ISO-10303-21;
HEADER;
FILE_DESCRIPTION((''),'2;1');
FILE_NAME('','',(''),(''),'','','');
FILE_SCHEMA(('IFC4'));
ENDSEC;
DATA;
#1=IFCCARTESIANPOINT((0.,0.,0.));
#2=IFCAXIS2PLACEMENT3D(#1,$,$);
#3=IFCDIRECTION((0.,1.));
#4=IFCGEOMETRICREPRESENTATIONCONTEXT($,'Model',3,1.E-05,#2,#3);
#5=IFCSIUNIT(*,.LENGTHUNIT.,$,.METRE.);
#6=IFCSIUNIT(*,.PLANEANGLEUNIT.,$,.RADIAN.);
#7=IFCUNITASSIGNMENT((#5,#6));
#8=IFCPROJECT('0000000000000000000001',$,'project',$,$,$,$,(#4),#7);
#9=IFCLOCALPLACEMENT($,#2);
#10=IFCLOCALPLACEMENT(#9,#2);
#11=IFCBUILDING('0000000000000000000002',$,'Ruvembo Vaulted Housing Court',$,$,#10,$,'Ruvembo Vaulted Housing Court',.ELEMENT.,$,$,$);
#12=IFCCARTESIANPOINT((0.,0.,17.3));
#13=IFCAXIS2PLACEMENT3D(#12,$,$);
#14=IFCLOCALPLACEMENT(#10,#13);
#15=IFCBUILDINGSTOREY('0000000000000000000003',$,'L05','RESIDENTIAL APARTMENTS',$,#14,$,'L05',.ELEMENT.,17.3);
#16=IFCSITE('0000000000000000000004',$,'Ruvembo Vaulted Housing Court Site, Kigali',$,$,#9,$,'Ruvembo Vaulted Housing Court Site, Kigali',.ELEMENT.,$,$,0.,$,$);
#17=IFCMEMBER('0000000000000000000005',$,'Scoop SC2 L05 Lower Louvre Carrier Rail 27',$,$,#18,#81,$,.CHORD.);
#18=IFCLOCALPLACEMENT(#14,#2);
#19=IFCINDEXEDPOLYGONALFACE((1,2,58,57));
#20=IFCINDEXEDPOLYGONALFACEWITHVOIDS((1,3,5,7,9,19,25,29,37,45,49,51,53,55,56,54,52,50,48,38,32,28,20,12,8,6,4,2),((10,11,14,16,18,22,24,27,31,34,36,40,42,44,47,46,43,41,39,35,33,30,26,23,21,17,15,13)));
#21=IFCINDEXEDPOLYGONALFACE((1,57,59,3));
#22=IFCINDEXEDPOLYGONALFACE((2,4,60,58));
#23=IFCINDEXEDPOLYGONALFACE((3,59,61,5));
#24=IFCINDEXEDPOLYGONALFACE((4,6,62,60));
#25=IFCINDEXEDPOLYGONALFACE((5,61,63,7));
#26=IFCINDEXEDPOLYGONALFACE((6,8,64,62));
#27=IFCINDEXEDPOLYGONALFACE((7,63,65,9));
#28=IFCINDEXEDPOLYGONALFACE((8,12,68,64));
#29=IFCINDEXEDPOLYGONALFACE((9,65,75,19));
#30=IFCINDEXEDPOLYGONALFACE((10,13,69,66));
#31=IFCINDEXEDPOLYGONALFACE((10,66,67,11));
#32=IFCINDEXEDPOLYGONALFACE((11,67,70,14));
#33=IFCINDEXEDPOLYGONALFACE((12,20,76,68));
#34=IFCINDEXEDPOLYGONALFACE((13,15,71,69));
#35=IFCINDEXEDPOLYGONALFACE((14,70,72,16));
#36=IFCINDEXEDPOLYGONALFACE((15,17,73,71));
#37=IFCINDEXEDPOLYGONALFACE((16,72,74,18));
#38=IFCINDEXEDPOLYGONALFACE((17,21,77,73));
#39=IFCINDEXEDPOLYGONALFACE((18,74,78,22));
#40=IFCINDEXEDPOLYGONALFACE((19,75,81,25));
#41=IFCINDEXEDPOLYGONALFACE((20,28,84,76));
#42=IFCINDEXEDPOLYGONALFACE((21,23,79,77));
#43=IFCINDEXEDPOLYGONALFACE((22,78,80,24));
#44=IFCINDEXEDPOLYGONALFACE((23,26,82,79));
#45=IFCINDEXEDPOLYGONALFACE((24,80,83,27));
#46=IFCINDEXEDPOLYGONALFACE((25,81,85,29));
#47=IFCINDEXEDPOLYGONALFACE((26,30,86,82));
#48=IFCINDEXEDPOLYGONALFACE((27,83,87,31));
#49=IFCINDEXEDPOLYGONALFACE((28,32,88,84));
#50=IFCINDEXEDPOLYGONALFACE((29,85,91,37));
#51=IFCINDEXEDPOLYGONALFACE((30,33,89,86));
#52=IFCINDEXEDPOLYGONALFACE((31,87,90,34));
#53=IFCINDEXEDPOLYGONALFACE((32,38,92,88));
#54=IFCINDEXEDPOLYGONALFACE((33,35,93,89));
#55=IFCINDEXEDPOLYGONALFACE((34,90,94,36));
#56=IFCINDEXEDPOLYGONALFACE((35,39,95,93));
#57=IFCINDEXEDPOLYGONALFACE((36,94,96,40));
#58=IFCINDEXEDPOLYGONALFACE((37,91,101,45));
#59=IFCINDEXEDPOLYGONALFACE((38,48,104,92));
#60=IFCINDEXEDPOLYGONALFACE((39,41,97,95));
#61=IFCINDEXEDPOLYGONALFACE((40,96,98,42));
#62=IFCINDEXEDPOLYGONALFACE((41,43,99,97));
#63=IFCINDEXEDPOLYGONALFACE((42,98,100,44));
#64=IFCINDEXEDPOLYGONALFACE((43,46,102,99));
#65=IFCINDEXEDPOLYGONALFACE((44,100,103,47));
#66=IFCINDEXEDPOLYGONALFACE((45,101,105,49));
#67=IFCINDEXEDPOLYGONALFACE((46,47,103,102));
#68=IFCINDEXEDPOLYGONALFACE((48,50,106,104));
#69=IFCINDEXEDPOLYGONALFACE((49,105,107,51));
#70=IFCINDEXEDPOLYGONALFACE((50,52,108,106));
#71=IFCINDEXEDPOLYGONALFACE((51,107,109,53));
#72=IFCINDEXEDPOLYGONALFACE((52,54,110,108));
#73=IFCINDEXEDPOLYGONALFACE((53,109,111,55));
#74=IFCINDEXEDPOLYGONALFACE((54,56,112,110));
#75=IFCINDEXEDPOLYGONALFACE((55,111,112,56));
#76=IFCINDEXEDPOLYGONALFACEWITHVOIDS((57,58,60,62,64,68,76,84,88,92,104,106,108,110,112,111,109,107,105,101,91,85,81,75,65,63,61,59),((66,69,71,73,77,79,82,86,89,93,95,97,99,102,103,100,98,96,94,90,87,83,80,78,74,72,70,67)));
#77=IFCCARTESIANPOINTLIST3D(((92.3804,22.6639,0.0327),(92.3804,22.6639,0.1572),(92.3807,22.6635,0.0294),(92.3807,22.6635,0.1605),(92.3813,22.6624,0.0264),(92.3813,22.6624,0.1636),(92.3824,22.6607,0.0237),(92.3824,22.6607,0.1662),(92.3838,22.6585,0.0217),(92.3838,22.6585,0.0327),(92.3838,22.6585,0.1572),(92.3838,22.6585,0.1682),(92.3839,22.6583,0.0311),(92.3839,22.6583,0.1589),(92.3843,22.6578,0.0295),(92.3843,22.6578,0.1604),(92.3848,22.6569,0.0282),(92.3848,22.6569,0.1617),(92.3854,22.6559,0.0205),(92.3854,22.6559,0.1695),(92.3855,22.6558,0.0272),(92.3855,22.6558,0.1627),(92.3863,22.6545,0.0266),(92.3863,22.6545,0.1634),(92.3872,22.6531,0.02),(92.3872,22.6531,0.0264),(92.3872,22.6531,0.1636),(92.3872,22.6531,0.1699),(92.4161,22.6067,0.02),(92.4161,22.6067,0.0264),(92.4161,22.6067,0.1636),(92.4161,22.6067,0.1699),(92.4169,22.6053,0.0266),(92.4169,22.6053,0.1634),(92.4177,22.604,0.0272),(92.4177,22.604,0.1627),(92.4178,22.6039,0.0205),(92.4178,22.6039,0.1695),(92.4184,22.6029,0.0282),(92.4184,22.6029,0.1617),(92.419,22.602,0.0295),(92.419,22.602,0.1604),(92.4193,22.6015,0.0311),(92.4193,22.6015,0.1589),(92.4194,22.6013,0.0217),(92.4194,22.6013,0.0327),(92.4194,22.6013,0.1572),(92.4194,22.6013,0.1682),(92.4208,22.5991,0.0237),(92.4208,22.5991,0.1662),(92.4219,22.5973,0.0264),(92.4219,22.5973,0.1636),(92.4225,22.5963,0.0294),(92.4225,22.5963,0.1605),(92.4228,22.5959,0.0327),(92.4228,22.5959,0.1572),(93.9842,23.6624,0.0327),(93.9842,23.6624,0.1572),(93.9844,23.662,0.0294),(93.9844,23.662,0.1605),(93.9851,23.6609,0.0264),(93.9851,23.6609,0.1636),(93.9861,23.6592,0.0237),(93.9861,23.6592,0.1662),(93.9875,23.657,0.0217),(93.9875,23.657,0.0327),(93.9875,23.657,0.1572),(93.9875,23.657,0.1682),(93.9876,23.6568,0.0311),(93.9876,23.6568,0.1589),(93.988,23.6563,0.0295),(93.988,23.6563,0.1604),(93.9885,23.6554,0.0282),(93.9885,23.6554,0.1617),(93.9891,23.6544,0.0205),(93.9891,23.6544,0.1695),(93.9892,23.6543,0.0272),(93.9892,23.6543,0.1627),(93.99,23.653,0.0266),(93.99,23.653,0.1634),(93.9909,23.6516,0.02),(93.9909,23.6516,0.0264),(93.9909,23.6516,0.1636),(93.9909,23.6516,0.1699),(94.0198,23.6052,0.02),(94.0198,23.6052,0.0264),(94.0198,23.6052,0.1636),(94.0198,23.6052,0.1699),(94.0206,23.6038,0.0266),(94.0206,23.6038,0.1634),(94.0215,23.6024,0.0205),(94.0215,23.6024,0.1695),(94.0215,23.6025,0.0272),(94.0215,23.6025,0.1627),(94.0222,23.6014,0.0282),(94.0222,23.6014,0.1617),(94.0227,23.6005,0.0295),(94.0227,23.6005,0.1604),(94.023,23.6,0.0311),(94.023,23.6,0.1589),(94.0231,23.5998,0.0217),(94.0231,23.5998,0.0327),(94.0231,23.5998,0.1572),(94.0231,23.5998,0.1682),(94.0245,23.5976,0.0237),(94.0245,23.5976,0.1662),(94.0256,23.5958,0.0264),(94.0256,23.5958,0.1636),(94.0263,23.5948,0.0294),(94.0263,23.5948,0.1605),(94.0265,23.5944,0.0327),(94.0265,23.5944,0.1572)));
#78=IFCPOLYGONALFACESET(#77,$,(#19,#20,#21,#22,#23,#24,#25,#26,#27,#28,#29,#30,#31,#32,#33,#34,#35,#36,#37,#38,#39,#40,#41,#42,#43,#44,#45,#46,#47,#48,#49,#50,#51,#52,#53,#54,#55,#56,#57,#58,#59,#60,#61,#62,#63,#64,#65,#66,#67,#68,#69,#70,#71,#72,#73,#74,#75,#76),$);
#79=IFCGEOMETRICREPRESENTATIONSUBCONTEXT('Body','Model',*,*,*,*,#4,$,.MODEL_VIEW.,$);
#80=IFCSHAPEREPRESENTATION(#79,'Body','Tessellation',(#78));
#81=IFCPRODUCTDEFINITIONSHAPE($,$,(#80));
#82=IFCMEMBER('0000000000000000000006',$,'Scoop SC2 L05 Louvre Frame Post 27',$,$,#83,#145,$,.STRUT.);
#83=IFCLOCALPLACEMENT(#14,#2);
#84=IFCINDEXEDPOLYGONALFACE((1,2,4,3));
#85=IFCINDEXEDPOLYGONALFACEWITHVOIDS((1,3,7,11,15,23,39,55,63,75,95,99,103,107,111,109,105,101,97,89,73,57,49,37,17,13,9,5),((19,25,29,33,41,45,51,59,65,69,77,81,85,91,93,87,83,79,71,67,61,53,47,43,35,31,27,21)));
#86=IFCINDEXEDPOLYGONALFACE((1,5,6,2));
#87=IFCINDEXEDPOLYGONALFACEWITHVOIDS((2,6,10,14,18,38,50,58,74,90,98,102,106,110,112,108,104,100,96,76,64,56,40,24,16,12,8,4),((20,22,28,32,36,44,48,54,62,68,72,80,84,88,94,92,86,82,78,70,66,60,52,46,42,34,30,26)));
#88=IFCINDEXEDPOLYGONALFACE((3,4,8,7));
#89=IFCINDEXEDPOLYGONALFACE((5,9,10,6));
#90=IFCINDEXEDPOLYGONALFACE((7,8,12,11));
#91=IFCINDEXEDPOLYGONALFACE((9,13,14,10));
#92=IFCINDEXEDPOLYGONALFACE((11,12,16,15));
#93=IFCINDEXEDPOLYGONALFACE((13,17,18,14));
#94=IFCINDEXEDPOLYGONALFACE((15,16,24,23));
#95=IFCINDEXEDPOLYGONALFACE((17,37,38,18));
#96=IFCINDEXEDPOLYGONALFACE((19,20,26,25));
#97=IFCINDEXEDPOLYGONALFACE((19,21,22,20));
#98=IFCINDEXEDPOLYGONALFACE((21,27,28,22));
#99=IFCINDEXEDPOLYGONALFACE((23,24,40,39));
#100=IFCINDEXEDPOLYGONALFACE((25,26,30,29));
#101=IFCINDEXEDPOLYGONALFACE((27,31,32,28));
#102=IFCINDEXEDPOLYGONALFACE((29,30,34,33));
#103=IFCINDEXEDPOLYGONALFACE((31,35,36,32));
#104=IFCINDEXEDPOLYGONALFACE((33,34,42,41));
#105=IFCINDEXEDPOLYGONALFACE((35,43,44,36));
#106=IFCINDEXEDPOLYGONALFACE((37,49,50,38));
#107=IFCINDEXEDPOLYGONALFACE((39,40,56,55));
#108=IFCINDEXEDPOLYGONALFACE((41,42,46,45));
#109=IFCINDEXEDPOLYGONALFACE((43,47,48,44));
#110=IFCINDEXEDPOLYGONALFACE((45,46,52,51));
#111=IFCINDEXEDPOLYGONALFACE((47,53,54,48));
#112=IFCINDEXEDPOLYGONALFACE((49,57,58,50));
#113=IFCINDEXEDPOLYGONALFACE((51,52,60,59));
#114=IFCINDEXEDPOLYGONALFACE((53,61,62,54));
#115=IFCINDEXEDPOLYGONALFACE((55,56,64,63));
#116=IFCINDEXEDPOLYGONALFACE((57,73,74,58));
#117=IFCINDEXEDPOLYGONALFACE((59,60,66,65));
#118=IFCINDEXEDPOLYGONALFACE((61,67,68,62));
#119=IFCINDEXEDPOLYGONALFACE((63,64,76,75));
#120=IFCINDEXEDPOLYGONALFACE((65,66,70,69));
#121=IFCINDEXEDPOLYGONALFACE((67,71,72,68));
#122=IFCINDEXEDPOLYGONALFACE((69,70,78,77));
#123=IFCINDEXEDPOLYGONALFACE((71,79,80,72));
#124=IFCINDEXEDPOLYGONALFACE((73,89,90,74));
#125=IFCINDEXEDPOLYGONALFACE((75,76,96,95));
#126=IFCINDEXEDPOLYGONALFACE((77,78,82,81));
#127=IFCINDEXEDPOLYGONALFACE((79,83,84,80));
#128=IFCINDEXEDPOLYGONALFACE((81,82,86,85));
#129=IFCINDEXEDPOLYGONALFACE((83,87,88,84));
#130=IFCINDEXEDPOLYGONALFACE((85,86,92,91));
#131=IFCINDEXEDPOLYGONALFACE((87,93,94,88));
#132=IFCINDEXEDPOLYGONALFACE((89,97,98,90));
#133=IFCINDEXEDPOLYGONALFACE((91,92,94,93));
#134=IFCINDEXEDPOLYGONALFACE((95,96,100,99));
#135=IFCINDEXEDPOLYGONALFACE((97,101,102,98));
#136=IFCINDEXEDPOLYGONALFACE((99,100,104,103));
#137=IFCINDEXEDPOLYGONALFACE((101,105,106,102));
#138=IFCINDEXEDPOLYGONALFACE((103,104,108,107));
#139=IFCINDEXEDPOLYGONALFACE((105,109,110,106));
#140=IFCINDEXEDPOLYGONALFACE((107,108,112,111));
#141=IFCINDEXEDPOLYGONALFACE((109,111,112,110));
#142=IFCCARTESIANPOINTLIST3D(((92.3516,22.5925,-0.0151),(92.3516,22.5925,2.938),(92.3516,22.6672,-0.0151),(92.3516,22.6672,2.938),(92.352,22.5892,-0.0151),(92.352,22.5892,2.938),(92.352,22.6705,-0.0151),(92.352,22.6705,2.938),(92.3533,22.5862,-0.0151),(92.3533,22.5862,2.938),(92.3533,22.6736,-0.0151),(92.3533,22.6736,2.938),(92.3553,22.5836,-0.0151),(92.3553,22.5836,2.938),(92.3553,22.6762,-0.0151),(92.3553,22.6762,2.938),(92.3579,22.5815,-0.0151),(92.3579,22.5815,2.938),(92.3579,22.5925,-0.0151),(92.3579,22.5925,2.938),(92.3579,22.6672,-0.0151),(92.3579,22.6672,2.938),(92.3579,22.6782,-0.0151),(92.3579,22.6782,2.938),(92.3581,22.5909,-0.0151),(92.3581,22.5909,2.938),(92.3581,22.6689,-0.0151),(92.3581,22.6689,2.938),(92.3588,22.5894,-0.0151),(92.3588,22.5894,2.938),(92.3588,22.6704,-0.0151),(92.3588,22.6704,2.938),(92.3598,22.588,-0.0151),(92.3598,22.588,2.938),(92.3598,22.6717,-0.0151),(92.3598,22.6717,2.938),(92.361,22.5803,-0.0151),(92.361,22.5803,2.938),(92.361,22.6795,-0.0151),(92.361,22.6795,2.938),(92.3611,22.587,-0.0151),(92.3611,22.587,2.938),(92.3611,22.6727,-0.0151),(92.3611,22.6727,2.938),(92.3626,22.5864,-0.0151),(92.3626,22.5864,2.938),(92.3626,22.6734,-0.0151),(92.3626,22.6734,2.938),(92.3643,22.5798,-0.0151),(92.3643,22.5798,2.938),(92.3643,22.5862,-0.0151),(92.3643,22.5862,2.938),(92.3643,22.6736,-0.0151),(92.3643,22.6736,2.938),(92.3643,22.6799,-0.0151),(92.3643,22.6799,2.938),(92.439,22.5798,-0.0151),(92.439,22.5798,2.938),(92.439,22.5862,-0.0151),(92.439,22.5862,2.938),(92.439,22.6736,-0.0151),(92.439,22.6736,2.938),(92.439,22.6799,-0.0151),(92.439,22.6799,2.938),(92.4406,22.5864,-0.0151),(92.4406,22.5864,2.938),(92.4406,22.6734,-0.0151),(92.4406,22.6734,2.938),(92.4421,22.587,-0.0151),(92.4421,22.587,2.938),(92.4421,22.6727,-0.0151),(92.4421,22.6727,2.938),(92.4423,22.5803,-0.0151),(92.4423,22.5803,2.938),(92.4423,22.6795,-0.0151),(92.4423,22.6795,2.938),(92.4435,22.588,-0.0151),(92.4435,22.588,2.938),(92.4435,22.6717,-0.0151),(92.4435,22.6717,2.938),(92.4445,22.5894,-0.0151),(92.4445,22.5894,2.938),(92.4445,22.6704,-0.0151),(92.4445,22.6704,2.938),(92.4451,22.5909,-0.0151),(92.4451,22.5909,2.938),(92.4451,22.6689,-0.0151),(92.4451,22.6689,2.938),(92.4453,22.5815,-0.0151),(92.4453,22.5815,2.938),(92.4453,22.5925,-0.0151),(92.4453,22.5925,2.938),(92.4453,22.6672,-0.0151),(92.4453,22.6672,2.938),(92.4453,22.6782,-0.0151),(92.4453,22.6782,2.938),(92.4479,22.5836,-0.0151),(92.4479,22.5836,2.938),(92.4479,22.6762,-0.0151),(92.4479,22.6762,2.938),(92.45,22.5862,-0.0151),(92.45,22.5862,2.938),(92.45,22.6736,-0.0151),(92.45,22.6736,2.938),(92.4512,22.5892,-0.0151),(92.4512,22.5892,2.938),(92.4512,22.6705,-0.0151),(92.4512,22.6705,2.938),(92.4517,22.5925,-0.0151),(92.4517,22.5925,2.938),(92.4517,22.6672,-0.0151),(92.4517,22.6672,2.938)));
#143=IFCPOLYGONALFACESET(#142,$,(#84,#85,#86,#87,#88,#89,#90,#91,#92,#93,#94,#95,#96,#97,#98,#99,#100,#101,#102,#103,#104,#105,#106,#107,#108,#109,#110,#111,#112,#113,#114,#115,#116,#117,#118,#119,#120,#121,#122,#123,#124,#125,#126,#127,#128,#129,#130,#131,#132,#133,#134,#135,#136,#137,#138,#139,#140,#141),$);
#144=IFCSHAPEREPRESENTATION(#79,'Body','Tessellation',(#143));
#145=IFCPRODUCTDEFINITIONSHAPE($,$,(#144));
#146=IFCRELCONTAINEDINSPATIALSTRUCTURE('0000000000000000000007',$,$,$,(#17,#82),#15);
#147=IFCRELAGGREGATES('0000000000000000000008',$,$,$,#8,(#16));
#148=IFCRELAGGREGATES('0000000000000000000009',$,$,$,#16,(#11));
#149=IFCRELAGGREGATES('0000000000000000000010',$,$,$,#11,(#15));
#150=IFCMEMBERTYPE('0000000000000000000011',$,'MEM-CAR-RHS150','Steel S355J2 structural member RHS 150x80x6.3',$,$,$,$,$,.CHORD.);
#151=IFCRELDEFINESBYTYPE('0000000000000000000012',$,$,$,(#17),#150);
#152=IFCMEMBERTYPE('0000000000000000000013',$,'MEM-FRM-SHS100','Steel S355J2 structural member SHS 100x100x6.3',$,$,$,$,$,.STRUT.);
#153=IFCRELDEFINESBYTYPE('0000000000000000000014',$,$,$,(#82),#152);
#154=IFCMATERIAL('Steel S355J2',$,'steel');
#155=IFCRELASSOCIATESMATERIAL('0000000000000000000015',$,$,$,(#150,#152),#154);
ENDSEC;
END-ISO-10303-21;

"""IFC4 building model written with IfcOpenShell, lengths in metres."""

from ifc_helpers import new_model, si_unit, direction, frame, origin, origin_2d, place, context, subcontext, project, spatial, hollow_rectangle, extrude, material, material_profile, profile_set, type_object, element, save


model = new_model("IFC4")

# Units and contexts
model_context = context("Model", 3, precision=1e-05, world=origin(), true_north=direction((0.0, 1.0)))
body_context = subcontext(model_context, "Body", "Model", "MODEL_VIEW")
ifc_project = project(units=[si_unit("LENGTHUNIT", "METRE"), si_unit("PLANEANGLEUNIT", "RADIAN")], contexts=[model_context])

# Site, building, storey
site_placement = place(None, origin())
site = spatial("IfcSite", under=ifc_project, at=site_placement, Name="Ruvembo Vaulted Housing Court Site, Kigali", LongName="Ruvembo Vaulted Housing Court Site, Kigali", CompositionType="ELEMENT", RefElevation=0.0)
building_placement = place(site_placement, origin())
building = spatial("IfcBuilding", under=site, at=building_placement, Name="Ruvembo Vaulted Housing Court", LongName="Ruvembo Vaulted Housing Court", CompositionType="ELEMENT")
storey_placement = place(building_placement, frame((0.0, 0.0, 17.3)))
storey = spatial("IfcBuildingStorey", under=building, at=storey_placement, Name="L05", Description="RESIDENTIAL APARTMENTS", LongName="L05", CompositionType="ELEMENT", Elevation=17.3)

# Shared definitions
ifc_material_1 = material(Name="Steel S355J2", Category="steel")

# Members
ifc_material_profile_1 = material_profile(ifc_material_1, hollow_rectangle(XDim=0.0801, YDim=0.1499, WallThickness=0.0063, InnerFilletRadius=0.0063, OuterFilletRadius=0.0127, at=origin_2d()), Name="RHS 150x80x6.3")
ifc_profile_set_1 = profile_set([ifc_material_profile_1], Name="Steel S355J2")
member_type_1 = type_object("IfcMemberType", Name="MEM-CAR-RHS150", Description="Steel S355J2 structural member RHS 150x80x6.3", PredefinedType="CHORD", material=ifc_profile_set_1)
member_1_placement = place(storey_placement, frame((92.4016, 22.6299, 0.095), z_axis=(0.848905, 0.528546, 0.0), x_axis=(-0.528546, 0.848905, 0.0)))
element("IfcMember", 1, at=member_1_placement, inside=storey, type_object=member_type_1, Name="Scoop SC2 L05 Lower Louvre Carrier Rail 27", PredefinedType="CHORD", context=body_context, shape_type="SweptSolid", body=[
    extrude(hollow_rectangle(XDim=0.0801, YDim=0.1499, WallThickness=0.0063, InnerFilletRadius=0.0063, OuterFilletRadius=0.0127, at=origin_2d()), origin(), (0.0, 0.0, 1.0), 1.8892),
])
ifc_material_profile_2 = material_profile(ifc_material_1, hollow_rectangle(XDim=0.1001, YDim=0.1001, WallThickness=0.0063, InnerFilletRadius=0.0063, OuterFilletRadius=0.0127, at=origin_2d()), Name="SHS 100x100x6.3")
ifc_profile_set_2 = profile_set([ifc_material_profile_2], Name="Steel S355J2")
member_type_2 = type_object("IfcMemberType", Name="MEM-FRM-SHS100", Description="Steel S355J2 structural member SHS 100x100x6.3", PredefinedType="STRUT", material=ifc_profile_set_2)
for number, where, z_axis, x_axis, name in (
    (2, (92.4016, 22.6299, -0.0151), (0.0, 0.0, 1.0), (1.0, 0.0, 0.0), "Scoop SC2 L05 Louvre Frame Post 27"),
):
    element("IfcMember", number, at=place(storey_placement, frame(where, z_axis=z_axis, x_axis=x_axis)), inside=storey, type_object=member_type_2, Name=name, PredefinedType="STRUT", context=body_context, shape_type="SweptSolid", body=[
        extrude(hollow_rectangle(XDim=0.1001, YDim=0.1001, WallThickness=0.0063, InnerFilletRadius=0.0063, OuterFilletRadius=0.0127, at=origin_2d()), origin(), (0.0, 0.0, 1.0), 2.9531),
    ])

save(model, "model.ifc")
